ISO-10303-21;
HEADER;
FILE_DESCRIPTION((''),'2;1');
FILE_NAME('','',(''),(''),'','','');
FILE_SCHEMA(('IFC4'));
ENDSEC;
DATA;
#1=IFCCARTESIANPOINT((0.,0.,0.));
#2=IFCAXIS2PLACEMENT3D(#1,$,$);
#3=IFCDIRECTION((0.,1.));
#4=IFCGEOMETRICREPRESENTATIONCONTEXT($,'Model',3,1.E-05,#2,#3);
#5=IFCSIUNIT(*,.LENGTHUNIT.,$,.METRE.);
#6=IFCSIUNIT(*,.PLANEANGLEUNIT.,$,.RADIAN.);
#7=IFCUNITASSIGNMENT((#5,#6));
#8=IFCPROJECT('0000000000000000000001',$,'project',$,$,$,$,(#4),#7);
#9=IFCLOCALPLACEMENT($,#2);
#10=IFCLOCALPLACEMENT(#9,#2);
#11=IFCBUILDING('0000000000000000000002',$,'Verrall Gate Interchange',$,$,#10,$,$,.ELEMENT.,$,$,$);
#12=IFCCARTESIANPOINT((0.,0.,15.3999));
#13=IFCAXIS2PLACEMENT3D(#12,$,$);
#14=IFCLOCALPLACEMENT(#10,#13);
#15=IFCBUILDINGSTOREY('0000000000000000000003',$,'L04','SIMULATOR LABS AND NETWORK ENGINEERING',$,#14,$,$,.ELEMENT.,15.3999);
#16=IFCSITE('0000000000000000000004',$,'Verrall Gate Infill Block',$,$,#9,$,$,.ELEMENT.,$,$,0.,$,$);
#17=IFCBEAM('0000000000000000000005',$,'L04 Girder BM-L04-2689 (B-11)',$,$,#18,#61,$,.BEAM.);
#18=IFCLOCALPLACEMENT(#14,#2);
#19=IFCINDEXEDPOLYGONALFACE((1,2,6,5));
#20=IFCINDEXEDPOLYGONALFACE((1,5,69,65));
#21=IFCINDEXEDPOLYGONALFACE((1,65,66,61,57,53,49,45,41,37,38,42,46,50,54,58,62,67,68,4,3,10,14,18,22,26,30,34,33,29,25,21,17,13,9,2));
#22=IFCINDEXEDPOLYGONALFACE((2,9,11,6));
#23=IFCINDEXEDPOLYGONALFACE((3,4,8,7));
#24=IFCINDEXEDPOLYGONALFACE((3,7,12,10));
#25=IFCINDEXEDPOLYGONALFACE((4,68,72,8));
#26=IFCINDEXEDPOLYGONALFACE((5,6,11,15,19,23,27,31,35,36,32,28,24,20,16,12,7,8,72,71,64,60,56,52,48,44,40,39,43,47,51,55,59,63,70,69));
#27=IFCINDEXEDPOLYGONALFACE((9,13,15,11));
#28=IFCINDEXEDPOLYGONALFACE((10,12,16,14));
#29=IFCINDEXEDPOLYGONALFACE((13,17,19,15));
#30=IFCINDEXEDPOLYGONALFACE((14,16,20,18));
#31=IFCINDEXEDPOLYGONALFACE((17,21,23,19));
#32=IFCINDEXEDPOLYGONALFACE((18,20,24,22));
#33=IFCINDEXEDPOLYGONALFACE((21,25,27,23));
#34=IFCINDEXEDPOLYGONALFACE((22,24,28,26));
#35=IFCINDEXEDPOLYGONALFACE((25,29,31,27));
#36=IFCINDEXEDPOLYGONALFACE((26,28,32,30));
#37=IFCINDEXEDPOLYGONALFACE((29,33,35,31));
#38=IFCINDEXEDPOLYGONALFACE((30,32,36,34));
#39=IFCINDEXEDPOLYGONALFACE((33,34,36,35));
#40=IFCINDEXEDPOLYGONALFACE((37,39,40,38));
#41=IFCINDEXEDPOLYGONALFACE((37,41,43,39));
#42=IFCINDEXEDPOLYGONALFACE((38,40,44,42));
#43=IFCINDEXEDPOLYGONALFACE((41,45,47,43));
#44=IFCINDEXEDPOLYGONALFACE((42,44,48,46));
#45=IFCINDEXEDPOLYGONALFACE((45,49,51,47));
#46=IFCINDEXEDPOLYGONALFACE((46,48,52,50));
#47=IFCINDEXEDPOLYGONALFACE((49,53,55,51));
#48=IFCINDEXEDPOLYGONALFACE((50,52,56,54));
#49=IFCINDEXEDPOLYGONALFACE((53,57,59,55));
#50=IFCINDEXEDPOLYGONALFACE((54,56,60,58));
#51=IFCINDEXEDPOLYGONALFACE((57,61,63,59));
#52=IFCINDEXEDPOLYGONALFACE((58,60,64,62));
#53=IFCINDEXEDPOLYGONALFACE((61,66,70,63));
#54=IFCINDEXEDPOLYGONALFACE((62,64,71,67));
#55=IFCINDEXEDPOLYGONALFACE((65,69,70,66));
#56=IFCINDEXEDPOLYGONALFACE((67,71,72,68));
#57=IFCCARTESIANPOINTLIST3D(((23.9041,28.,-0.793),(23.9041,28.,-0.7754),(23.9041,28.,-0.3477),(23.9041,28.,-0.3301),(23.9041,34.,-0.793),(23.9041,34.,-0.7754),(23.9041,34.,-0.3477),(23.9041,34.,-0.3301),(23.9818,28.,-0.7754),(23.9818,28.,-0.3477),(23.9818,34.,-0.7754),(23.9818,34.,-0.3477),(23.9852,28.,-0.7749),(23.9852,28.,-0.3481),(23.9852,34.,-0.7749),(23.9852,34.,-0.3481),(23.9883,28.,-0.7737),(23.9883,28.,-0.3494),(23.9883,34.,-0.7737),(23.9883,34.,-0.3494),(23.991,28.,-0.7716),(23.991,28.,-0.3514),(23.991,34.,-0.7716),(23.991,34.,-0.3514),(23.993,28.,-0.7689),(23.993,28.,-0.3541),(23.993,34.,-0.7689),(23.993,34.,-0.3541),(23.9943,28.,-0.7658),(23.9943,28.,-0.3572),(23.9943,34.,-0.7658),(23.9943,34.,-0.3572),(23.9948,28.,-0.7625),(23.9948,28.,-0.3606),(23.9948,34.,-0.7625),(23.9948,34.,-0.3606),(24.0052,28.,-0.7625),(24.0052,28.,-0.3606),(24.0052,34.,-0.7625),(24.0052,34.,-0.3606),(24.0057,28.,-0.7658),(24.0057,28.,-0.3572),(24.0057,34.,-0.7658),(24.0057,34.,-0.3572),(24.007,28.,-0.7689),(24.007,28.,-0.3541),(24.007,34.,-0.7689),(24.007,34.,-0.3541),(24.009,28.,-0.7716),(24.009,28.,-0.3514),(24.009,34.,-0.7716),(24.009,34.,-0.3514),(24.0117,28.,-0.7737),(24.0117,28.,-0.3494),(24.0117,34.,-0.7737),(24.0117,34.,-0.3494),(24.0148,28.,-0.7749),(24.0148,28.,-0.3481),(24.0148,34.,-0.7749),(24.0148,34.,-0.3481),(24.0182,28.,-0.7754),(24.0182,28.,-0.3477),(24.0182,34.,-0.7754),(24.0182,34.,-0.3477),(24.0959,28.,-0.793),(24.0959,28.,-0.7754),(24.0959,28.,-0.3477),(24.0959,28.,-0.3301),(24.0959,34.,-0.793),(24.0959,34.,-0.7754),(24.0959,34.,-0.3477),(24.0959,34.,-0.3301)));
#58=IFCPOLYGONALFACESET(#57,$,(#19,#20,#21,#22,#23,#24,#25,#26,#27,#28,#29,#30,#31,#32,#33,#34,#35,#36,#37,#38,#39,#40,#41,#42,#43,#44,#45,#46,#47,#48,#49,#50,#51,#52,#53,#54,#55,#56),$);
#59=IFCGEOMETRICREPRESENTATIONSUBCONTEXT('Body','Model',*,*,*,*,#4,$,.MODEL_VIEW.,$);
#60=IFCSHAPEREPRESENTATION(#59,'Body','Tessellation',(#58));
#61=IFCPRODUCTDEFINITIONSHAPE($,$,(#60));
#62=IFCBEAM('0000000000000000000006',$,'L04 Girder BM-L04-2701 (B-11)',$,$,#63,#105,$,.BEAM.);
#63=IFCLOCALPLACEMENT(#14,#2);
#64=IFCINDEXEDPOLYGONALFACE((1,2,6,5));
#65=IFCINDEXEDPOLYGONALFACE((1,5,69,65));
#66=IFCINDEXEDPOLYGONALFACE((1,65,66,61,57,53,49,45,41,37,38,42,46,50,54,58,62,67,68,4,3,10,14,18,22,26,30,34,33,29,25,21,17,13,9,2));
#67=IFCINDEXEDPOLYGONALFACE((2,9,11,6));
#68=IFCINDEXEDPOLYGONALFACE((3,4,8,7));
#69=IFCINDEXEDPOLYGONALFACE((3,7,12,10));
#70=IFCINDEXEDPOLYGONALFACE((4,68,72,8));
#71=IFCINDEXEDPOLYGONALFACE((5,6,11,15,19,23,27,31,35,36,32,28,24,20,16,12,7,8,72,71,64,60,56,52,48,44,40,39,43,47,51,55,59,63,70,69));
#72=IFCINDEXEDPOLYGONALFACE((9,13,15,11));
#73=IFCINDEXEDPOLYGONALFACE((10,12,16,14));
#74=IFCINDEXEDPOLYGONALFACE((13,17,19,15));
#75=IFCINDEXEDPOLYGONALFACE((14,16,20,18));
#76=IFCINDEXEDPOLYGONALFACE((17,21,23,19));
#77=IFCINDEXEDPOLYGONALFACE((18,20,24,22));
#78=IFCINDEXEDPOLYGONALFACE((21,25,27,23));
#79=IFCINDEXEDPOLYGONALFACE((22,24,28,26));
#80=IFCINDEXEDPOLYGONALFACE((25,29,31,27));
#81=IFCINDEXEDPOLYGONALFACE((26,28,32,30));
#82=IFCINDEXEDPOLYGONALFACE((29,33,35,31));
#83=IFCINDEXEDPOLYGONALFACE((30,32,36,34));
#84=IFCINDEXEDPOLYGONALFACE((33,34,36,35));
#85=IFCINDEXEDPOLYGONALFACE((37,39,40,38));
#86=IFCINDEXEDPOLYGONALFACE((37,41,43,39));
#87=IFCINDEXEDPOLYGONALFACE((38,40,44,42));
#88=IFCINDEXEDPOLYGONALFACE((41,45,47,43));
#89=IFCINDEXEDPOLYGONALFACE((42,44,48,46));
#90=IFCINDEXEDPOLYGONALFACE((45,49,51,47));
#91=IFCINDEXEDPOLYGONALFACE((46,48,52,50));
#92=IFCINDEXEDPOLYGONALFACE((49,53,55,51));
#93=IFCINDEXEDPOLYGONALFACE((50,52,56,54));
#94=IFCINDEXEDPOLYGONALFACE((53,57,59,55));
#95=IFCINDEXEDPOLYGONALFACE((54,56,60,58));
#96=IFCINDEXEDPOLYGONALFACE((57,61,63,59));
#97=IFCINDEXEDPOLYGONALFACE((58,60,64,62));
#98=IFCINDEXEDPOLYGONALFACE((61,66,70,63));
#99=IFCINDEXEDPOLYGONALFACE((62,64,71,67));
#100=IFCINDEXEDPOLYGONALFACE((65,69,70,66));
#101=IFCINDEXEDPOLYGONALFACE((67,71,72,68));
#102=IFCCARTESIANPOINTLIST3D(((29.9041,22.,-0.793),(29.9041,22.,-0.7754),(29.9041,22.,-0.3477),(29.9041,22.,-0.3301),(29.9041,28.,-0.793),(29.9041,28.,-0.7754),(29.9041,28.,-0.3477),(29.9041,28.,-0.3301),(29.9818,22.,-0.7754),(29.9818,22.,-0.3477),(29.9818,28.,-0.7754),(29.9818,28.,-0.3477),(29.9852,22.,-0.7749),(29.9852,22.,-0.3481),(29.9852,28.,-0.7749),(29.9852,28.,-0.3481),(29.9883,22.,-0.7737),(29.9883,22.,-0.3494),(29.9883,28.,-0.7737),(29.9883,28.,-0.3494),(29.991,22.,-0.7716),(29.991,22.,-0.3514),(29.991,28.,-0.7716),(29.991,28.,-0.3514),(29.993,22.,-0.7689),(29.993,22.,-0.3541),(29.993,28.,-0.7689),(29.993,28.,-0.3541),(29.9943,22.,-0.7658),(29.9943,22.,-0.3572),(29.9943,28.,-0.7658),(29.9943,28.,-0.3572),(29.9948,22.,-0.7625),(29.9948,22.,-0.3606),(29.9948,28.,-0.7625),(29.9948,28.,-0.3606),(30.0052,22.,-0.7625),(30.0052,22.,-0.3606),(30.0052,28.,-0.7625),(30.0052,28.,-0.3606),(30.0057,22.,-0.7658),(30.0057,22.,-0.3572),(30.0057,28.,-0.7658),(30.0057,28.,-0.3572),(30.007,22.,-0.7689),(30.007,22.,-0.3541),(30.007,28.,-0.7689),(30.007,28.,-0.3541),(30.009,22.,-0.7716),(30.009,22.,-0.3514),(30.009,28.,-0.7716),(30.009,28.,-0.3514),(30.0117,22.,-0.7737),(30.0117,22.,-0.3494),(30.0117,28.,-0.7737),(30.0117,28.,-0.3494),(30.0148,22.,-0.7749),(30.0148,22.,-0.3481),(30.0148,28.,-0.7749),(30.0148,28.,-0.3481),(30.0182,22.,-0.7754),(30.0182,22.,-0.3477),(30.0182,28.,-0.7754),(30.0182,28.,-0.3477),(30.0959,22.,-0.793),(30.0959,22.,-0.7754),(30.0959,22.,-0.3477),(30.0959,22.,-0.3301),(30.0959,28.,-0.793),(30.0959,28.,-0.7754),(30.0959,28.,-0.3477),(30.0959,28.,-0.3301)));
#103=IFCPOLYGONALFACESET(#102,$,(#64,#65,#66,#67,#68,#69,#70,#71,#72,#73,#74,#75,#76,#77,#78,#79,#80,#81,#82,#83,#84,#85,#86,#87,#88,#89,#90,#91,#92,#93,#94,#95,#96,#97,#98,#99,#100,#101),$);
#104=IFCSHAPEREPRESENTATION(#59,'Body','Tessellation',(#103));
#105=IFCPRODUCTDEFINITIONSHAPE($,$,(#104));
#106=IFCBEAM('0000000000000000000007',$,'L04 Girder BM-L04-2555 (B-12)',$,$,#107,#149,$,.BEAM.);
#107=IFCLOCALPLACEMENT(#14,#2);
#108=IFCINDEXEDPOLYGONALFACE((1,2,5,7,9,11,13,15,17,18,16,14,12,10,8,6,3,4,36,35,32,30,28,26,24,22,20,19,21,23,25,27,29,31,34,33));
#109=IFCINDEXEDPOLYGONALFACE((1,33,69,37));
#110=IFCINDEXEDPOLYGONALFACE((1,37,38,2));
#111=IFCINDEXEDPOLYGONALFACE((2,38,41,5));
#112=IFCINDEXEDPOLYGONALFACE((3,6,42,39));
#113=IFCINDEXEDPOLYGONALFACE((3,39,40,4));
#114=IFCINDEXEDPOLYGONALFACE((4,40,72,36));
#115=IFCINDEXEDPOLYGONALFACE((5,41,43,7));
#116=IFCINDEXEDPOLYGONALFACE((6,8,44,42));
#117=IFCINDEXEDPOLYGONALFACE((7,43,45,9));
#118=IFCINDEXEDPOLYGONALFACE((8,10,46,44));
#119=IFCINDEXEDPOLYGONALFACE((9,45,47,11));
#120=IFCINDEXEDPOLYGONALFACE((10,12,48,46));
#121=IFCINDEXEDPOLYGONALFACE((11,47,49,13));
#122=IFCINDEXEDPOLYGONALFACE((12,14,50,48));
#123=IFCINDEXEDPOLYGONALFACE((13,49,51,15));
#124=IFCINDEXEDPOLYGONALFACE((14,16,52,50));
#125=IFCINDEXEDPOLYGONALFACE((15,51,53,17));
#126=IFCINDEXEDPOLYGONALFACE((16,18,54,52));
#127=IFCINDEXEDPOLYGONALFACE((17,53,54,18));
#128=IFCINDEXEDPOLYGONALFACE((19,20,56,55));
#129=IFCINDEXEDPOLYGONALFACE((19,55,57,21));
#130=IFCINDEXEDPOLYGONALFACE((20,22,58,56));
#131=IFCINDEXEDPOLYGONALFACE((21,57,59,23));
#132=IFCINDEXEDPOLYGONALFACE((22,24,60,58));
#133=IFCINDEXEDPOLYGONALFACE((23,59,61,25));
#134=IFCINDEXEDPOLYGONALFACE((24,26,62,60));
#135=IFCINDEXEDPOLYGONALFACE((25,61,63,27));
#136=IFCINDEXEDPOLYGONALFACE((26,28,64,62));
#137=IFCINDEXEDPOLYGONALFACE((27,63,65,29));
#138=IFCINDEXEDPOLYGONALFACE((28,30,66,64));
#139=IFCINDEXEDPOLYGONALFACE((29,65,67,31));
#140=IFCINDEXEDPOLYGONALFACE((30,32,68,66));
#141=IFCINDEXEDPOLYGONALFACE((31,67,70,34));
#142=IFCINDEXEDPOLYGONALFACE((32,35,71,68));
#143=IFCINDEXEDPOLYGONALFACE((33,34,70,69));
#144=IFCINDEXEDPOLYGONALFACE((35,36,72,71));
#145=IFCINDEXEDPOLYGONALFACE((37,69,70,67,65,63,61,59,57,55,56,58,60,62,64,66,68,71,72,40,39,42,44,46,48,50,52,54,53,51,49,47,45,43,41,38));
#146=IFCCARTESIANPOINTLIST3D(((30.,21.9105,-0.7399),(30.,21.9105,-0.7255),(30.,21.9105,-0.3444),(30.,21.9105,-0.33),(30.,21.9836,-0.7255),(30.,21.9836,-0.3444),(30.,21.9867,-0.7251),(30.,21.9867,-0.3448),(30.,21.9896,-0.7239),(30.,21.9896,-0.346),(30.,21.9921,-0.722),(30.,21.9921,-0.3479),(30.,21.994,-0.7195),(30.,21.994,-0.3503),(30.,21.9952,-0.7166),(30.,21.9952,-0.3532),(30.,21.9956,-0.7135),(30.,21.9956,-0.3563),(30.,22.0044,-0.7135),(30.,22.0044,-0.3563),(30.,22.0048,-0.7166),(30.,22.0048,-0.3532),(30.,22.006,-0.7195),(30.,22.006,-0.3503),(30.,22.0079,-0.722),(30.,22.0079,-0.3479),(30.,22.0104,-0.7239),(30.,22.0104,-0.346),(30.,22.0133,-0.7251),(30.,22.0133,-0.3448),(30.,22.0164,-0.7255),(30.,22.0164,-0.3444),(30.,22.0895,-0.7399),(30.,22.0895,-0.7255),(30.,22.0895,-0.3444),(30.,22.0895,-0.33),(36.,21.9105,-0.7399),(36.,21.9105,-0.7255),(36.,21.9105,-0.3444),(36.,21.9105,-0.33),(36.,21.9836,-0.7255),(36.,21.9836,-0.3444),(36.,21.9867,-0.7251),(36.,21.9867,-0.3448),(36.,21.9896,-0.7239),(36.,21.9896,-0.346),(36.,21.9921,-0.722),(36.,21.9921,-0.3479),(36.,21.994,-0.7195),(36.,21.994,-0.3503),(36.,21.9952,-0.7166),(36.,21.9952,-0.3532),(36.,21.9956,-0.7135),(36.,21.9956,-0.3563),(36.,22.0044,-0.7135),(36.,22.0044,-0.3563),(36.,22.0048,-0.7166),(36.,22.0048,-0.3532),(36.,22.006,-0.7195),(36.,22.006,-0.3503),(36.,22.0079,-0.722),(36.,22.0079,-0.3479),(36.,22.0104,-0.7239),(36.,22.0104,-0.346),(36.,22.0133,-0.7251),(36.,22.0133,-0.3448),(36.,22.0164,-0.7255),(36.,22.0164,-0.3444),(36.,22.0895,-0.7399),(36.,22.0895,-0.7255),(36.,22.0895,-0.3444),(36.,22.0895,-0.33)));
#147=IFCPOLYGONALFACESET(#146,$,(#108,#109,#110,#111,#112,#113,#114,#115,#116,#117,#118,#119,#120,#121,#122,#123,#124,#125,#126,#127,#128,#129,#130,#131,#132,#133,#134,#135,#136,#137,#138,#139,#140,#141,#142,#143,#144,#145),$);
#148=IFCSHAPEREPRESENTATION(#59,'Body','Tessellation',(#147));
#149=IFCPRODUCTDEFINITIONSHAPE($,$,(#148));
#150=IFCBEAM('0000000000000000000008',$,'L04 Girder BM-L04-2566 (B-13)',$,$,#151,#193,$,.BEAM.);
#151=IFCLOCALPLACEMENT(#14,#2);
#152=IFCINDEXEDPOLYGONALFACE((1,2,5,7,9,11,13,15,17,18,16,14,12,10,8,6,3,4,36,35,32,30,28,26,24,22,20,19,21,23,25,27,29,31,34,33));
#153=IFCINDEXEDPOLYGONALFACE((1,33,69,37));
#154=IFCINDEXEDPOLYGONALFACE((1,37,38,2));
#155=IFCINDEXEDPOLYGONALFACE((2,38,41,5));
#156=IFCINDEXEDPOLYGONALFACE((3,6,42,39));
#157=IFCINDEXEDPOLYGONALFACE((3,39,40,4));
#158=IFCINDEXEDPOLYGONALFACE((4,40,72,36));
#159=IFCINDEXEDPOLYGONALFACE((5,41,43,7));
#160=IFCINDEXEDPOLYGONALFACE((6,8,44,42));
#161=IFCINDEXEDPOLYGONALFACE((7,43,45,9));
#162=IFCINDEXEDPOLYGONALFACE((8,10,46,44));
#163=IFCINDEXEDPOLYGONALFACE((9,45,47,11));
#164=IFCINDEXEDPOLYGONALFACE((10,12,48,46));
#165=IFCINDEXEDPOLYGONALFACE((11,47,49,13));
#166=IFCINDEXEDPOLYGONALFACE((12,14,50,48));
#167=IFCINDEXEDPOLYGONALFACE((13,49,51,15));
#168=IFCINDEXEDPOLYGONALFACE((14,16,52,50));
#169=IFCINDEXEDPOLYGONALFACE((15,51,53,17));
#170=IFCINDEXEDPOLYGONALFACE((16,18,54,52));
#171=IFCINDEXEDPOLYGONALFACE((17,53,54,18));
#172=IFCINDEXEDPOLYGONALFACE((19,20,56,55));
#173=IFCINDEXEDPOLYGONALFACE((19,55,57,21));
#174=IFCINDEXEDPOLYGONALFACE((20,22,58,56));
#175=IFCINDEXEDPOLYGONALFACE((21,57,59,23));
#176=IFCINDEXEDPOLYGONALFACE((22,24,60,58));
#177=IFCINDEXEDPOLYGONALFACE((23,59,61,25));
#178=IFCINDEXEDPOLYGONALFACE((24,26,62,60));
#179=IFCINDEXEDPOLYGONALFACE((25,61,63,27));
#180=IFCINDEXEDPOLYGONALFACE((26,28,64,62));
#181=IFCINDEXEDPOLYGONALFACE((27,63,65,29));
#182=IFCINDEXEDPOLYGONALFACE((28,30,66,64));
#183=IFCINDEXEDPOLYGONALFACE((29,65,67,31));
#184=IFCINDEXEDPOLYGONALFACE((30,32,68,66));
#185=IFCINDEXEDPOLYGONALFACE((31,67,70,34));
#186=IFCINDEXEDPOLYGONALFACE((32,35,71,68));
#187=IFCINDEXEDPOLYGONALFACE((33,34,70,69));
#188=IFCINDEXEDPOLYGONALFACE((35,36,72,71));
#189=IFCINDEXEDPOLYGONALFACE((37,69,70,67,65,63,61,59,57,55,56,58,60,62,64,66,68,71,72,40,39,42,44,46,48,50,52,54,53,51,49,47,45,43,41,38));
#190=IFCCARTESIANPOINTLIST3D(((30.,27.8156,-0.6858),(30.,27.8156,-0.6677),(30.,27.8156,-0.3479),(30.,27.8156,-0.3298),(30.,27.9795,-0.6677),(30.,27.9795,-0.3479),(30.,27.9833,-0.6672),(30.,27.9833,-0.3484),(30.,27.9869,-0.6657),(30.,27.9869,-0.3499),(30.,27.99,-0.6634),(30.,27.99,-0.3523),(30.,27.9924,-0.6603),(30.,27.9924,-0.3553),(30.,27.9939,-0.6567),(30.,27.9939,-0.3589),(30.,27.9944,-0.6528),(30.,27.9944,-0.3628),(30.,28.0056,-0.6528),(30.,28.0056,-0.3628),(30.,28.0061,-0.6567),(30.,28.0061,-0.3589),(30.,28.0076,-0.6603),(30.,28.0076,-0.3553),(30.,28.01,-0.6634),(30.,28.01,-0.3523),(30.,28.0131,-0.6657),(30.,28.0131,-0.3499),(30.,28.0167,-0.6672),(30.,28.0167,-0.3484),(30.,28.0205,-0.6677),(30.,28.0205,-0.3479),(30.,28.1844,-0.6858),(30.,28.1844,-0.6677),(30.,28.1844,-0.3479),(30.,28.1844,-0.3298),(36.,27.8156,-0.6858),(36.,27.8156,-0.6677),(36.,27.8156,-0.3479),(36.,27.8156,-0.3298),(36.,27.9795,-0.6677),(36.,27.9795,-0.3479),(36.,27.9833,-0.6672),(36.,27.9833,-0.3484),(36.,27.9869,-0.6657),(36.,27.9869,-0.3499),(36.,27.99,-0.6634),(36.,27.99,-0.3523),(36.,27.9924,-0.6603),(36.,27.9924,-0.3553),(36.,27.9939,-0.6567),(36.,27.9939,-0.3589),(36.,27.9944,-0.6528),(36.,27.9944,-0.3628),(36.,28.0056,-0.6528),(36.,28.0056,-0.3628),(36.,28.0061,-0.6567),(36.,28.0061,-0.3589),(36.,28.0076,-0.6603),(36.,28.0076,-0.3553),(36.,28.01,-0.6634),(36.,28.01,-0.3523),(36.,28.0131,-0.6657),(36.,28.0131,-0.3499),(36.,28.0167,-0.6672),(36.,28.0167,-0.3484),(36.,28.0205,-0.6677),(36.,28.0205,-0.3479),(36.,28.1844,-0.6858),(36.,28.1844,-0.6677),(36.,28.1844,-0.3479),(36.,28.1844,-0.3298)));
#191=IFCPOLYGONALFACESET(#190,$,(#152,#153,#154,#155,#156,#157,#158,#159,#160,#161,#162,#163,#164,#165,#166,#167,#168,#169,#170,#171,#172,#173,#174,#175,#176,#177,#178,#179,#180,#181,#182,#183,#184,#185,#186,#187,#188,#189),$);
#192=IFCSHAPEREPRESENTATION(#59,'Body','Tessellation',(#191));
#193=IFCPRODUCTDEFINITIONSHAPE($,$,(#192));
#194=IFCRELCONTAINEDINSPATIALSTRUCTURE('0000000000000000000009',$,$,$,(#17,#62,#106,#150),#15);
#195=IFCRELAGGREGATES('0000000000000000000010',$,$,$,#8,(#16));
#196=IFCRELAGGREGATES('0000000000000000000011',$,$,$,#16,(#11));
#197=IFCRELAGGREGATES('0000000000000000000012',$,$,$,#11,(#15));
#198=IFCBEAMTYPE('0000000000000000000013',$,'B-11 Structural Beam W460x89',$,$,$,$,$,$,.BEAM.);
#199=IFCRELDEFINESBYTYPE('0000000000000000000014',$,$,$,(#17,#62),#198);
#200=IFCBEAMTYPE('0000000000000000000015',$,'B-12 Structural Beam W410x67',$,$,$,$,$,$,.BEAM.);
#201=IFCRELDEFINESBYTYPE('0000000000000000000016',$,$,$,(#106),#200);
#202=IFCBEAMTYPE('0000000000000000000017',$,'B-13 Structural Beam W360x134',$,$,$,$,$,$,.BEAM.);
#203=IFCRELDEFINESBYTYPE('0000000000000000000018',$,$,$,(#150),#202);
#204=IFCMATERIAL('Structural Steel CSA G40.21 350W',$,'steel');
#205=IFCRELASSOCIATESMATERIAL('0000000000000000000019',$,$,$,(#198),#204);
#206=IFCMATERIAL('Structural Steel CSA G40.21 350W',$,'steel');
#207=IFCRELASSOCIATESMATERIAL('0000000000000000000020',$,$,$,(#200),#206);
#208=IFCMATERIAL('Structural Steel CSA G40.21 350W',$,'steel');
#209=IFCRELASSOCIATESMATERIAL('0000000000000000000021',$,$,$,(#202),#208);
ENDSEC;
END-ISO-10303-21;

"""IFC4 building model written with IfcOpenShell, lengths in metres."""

from ifc_helpers import new_model, si_unit, direction, frame, origin, origin_2d, place, context, subcontext, project, spatial, i_section, extrude, material, material_profile, profile_set, type_object, element, save


model = new_model("IFC4")

# Units and contexts
model_context = context("Model", 3, precision=1e-05, world=origin(), true_north=direction((0.0, 1.0)))
body_context = subcontext(model_context, "Body", "Model", "MODEL_VIEW")
ifc_project = project(units=[si_unit("LENGTHUNIT", "METRE"), si_unit("PLANEANGLEUNIT", "RADIAN")], contexts=[model_context])

# Site, building, storey
site_placement = place(None, origin())
site = spatial("IfcSite", under=ifc_project, at=site_placement, Name="Verrall Gate Infill Block", CompositionType="ELEMENT", RefElevation=0.0)
building_placement = place(site_placement, origin())
building = spatial("IfcBuilding", under=site, at=building_placement, Name="Verrall Gate Interchange", CompositionType="ELEMENT")
storey_placement = place(building_placement, frame((0.0, 0.0, 15.3999)))
storey = spatial("IfcBuildingStorey", under=building, at=storey_placement, Name="L04", Description="SIMULATOR LABS AND NETWORK ENGINEERING", CompositionType="ELEMENT", Elevation=15.3999)

# Beams
ifc_material_1 = material(Name="Structural Steel CSA G40.21 350W", Category="steel")
ifc_material_profile_1 = material_profile(ifc_material_1, i_section(OverallWidth=0.1919, OverallDepth=0.4629, WebThickness=0.0105, FlangeThickness=0.0176, FilletRadius=0.0129, at=origin_2d()), Name="W460x89")
ifc_profile_set_1 = profile_set([ifc_material_profile_1], Name="Structural Steel CSA G40.21 350W")
beam_type_1 = type_object("IfcBeamType", Name="B-11 Structural Beam W460x89", PredefinedType="BEAM", material=ifc_profile_set_1)
for number, where, z_axis, x_axis, name in (
    (1, (24.0, 28.0, -0.5615), (0.0, 1.0, 0.0), (-1.0, 0.0, 0.0), "L04 Girder BM-L04-2689 (B-11)"),
    (2, (30.0, 22.0, -0.5615), (0.0, 1.0, 0.0), (-1.0, 0.0, 0.0), "L04 Girder BM-L04-2701 (B-11)"),
):
    element("IfcBeam", number, at=place(storey_placement, frame(where, z_axis=z_axis, x_axis=x_axis)), inside=storey, type_object=beam_type_1, Name=name, PredefinedType="BEAM", context=body_context, shape_type="SweptSolid", body=[
        extrude(i_section(OverallWidth=0.1919, OverallDepth=0.4629, WebThickness=0.0105, FlangeThickness=0.0176, FilletRadius=0.0129, at=origin_2d()), origin(), (0.0, 0.0, 1.0), 6.0),
    ])
ifc_material_2 = material(Name="Structural Steel CSA G40.21 350W", Category="steel")
ifc_material_profile_2 = material_profile(ifc_material_2, i_section(OverallWidth=0.179, OverallDepth=0.4099, WebThickness=0.0088, FlangeThickness=0.0144, FilletRadius=0.012, at=origin_2d()), Name="W410x67")
ifc_profile_set_2 = profile_set([ifc_material_profile_2], Name="Structural Steel CSA G40.21 350W")
beam_type_2 = type_object("IfcBeamType", Name="B-12 Structural Beam W410x67", PredefinedType="BEAM", material=ifc_profile_set_2)
beam_1_placement = place(storey_placement, frame((30.0, 22.0, -0.5349), z_axis=(1.0, 0.0, 0.0), x_axis=(0.0, 1.0, 0.0)))
element("IfcBeam", 3, at=beam_1_placement, inside=storey, type_object=beam_type_2, Name="L04 Girder BM-L04-2555 (B-12)", PredefinedType="BEAM", context=body_context, shape_type="SweptSolid", body=[
    extrude(i_section(OverallWidth=0.179, OverallDepth=0.4099, WebThickness=0.0088, FlangeThickness=0.0144, FilletRadius=0.012, at=origin_2d()), origin(), (0.0, 0.0, 1.0), 6.0),
])
ifc_material_3 = material(Name="Structural Steel CSA G40.21 350W", Category="steel")
ifc_material_profile_3 = material_profile(ifc_material_3, i_section(OverallWidth=0.3689, OverallDepth=0.356, WebThickness=0.0112, FlangeThickness=0.0181, FilletRadius=0.0149, at=origin_2d()), Name="W360x134")
ifc_profile_set_3 = profile_set([ifc_material_profile_3], Name="Structural Steel CSA G40.21 350W")
beam_type_3 = type_object("IfcBeamType", Name="B-13 Structural Beam W360x134", PredefinedType="BEAM", material=ifc_profile_set_3)
beam_2_placement = place(storey_placement, frame((30.0, 28.0, -0.5078), z_axis=(1.0, 0.0, 0.0), x_axis=(0.0, 1.0, 0.0)))
element("IfcBeam", 4, at=beam_2_placement, inside=storey, type_object=beam_type_3, Name="L04 Girder BM-L04-2566 (B-13)", PredefinedType="BEAM", context=body_context, shape_type="SweptSolid", body=[
    extrude(i_section(OverallWidth=0.3689, OverallDepth=0.356, WebThickness=0.0112, FlangeThickness=0.0181, FilletRadius=0.0149, at=origin_2d()), origin(), (0.0, 0.0, 1.0), 6.0),
])

save(model, "model.ifc")
